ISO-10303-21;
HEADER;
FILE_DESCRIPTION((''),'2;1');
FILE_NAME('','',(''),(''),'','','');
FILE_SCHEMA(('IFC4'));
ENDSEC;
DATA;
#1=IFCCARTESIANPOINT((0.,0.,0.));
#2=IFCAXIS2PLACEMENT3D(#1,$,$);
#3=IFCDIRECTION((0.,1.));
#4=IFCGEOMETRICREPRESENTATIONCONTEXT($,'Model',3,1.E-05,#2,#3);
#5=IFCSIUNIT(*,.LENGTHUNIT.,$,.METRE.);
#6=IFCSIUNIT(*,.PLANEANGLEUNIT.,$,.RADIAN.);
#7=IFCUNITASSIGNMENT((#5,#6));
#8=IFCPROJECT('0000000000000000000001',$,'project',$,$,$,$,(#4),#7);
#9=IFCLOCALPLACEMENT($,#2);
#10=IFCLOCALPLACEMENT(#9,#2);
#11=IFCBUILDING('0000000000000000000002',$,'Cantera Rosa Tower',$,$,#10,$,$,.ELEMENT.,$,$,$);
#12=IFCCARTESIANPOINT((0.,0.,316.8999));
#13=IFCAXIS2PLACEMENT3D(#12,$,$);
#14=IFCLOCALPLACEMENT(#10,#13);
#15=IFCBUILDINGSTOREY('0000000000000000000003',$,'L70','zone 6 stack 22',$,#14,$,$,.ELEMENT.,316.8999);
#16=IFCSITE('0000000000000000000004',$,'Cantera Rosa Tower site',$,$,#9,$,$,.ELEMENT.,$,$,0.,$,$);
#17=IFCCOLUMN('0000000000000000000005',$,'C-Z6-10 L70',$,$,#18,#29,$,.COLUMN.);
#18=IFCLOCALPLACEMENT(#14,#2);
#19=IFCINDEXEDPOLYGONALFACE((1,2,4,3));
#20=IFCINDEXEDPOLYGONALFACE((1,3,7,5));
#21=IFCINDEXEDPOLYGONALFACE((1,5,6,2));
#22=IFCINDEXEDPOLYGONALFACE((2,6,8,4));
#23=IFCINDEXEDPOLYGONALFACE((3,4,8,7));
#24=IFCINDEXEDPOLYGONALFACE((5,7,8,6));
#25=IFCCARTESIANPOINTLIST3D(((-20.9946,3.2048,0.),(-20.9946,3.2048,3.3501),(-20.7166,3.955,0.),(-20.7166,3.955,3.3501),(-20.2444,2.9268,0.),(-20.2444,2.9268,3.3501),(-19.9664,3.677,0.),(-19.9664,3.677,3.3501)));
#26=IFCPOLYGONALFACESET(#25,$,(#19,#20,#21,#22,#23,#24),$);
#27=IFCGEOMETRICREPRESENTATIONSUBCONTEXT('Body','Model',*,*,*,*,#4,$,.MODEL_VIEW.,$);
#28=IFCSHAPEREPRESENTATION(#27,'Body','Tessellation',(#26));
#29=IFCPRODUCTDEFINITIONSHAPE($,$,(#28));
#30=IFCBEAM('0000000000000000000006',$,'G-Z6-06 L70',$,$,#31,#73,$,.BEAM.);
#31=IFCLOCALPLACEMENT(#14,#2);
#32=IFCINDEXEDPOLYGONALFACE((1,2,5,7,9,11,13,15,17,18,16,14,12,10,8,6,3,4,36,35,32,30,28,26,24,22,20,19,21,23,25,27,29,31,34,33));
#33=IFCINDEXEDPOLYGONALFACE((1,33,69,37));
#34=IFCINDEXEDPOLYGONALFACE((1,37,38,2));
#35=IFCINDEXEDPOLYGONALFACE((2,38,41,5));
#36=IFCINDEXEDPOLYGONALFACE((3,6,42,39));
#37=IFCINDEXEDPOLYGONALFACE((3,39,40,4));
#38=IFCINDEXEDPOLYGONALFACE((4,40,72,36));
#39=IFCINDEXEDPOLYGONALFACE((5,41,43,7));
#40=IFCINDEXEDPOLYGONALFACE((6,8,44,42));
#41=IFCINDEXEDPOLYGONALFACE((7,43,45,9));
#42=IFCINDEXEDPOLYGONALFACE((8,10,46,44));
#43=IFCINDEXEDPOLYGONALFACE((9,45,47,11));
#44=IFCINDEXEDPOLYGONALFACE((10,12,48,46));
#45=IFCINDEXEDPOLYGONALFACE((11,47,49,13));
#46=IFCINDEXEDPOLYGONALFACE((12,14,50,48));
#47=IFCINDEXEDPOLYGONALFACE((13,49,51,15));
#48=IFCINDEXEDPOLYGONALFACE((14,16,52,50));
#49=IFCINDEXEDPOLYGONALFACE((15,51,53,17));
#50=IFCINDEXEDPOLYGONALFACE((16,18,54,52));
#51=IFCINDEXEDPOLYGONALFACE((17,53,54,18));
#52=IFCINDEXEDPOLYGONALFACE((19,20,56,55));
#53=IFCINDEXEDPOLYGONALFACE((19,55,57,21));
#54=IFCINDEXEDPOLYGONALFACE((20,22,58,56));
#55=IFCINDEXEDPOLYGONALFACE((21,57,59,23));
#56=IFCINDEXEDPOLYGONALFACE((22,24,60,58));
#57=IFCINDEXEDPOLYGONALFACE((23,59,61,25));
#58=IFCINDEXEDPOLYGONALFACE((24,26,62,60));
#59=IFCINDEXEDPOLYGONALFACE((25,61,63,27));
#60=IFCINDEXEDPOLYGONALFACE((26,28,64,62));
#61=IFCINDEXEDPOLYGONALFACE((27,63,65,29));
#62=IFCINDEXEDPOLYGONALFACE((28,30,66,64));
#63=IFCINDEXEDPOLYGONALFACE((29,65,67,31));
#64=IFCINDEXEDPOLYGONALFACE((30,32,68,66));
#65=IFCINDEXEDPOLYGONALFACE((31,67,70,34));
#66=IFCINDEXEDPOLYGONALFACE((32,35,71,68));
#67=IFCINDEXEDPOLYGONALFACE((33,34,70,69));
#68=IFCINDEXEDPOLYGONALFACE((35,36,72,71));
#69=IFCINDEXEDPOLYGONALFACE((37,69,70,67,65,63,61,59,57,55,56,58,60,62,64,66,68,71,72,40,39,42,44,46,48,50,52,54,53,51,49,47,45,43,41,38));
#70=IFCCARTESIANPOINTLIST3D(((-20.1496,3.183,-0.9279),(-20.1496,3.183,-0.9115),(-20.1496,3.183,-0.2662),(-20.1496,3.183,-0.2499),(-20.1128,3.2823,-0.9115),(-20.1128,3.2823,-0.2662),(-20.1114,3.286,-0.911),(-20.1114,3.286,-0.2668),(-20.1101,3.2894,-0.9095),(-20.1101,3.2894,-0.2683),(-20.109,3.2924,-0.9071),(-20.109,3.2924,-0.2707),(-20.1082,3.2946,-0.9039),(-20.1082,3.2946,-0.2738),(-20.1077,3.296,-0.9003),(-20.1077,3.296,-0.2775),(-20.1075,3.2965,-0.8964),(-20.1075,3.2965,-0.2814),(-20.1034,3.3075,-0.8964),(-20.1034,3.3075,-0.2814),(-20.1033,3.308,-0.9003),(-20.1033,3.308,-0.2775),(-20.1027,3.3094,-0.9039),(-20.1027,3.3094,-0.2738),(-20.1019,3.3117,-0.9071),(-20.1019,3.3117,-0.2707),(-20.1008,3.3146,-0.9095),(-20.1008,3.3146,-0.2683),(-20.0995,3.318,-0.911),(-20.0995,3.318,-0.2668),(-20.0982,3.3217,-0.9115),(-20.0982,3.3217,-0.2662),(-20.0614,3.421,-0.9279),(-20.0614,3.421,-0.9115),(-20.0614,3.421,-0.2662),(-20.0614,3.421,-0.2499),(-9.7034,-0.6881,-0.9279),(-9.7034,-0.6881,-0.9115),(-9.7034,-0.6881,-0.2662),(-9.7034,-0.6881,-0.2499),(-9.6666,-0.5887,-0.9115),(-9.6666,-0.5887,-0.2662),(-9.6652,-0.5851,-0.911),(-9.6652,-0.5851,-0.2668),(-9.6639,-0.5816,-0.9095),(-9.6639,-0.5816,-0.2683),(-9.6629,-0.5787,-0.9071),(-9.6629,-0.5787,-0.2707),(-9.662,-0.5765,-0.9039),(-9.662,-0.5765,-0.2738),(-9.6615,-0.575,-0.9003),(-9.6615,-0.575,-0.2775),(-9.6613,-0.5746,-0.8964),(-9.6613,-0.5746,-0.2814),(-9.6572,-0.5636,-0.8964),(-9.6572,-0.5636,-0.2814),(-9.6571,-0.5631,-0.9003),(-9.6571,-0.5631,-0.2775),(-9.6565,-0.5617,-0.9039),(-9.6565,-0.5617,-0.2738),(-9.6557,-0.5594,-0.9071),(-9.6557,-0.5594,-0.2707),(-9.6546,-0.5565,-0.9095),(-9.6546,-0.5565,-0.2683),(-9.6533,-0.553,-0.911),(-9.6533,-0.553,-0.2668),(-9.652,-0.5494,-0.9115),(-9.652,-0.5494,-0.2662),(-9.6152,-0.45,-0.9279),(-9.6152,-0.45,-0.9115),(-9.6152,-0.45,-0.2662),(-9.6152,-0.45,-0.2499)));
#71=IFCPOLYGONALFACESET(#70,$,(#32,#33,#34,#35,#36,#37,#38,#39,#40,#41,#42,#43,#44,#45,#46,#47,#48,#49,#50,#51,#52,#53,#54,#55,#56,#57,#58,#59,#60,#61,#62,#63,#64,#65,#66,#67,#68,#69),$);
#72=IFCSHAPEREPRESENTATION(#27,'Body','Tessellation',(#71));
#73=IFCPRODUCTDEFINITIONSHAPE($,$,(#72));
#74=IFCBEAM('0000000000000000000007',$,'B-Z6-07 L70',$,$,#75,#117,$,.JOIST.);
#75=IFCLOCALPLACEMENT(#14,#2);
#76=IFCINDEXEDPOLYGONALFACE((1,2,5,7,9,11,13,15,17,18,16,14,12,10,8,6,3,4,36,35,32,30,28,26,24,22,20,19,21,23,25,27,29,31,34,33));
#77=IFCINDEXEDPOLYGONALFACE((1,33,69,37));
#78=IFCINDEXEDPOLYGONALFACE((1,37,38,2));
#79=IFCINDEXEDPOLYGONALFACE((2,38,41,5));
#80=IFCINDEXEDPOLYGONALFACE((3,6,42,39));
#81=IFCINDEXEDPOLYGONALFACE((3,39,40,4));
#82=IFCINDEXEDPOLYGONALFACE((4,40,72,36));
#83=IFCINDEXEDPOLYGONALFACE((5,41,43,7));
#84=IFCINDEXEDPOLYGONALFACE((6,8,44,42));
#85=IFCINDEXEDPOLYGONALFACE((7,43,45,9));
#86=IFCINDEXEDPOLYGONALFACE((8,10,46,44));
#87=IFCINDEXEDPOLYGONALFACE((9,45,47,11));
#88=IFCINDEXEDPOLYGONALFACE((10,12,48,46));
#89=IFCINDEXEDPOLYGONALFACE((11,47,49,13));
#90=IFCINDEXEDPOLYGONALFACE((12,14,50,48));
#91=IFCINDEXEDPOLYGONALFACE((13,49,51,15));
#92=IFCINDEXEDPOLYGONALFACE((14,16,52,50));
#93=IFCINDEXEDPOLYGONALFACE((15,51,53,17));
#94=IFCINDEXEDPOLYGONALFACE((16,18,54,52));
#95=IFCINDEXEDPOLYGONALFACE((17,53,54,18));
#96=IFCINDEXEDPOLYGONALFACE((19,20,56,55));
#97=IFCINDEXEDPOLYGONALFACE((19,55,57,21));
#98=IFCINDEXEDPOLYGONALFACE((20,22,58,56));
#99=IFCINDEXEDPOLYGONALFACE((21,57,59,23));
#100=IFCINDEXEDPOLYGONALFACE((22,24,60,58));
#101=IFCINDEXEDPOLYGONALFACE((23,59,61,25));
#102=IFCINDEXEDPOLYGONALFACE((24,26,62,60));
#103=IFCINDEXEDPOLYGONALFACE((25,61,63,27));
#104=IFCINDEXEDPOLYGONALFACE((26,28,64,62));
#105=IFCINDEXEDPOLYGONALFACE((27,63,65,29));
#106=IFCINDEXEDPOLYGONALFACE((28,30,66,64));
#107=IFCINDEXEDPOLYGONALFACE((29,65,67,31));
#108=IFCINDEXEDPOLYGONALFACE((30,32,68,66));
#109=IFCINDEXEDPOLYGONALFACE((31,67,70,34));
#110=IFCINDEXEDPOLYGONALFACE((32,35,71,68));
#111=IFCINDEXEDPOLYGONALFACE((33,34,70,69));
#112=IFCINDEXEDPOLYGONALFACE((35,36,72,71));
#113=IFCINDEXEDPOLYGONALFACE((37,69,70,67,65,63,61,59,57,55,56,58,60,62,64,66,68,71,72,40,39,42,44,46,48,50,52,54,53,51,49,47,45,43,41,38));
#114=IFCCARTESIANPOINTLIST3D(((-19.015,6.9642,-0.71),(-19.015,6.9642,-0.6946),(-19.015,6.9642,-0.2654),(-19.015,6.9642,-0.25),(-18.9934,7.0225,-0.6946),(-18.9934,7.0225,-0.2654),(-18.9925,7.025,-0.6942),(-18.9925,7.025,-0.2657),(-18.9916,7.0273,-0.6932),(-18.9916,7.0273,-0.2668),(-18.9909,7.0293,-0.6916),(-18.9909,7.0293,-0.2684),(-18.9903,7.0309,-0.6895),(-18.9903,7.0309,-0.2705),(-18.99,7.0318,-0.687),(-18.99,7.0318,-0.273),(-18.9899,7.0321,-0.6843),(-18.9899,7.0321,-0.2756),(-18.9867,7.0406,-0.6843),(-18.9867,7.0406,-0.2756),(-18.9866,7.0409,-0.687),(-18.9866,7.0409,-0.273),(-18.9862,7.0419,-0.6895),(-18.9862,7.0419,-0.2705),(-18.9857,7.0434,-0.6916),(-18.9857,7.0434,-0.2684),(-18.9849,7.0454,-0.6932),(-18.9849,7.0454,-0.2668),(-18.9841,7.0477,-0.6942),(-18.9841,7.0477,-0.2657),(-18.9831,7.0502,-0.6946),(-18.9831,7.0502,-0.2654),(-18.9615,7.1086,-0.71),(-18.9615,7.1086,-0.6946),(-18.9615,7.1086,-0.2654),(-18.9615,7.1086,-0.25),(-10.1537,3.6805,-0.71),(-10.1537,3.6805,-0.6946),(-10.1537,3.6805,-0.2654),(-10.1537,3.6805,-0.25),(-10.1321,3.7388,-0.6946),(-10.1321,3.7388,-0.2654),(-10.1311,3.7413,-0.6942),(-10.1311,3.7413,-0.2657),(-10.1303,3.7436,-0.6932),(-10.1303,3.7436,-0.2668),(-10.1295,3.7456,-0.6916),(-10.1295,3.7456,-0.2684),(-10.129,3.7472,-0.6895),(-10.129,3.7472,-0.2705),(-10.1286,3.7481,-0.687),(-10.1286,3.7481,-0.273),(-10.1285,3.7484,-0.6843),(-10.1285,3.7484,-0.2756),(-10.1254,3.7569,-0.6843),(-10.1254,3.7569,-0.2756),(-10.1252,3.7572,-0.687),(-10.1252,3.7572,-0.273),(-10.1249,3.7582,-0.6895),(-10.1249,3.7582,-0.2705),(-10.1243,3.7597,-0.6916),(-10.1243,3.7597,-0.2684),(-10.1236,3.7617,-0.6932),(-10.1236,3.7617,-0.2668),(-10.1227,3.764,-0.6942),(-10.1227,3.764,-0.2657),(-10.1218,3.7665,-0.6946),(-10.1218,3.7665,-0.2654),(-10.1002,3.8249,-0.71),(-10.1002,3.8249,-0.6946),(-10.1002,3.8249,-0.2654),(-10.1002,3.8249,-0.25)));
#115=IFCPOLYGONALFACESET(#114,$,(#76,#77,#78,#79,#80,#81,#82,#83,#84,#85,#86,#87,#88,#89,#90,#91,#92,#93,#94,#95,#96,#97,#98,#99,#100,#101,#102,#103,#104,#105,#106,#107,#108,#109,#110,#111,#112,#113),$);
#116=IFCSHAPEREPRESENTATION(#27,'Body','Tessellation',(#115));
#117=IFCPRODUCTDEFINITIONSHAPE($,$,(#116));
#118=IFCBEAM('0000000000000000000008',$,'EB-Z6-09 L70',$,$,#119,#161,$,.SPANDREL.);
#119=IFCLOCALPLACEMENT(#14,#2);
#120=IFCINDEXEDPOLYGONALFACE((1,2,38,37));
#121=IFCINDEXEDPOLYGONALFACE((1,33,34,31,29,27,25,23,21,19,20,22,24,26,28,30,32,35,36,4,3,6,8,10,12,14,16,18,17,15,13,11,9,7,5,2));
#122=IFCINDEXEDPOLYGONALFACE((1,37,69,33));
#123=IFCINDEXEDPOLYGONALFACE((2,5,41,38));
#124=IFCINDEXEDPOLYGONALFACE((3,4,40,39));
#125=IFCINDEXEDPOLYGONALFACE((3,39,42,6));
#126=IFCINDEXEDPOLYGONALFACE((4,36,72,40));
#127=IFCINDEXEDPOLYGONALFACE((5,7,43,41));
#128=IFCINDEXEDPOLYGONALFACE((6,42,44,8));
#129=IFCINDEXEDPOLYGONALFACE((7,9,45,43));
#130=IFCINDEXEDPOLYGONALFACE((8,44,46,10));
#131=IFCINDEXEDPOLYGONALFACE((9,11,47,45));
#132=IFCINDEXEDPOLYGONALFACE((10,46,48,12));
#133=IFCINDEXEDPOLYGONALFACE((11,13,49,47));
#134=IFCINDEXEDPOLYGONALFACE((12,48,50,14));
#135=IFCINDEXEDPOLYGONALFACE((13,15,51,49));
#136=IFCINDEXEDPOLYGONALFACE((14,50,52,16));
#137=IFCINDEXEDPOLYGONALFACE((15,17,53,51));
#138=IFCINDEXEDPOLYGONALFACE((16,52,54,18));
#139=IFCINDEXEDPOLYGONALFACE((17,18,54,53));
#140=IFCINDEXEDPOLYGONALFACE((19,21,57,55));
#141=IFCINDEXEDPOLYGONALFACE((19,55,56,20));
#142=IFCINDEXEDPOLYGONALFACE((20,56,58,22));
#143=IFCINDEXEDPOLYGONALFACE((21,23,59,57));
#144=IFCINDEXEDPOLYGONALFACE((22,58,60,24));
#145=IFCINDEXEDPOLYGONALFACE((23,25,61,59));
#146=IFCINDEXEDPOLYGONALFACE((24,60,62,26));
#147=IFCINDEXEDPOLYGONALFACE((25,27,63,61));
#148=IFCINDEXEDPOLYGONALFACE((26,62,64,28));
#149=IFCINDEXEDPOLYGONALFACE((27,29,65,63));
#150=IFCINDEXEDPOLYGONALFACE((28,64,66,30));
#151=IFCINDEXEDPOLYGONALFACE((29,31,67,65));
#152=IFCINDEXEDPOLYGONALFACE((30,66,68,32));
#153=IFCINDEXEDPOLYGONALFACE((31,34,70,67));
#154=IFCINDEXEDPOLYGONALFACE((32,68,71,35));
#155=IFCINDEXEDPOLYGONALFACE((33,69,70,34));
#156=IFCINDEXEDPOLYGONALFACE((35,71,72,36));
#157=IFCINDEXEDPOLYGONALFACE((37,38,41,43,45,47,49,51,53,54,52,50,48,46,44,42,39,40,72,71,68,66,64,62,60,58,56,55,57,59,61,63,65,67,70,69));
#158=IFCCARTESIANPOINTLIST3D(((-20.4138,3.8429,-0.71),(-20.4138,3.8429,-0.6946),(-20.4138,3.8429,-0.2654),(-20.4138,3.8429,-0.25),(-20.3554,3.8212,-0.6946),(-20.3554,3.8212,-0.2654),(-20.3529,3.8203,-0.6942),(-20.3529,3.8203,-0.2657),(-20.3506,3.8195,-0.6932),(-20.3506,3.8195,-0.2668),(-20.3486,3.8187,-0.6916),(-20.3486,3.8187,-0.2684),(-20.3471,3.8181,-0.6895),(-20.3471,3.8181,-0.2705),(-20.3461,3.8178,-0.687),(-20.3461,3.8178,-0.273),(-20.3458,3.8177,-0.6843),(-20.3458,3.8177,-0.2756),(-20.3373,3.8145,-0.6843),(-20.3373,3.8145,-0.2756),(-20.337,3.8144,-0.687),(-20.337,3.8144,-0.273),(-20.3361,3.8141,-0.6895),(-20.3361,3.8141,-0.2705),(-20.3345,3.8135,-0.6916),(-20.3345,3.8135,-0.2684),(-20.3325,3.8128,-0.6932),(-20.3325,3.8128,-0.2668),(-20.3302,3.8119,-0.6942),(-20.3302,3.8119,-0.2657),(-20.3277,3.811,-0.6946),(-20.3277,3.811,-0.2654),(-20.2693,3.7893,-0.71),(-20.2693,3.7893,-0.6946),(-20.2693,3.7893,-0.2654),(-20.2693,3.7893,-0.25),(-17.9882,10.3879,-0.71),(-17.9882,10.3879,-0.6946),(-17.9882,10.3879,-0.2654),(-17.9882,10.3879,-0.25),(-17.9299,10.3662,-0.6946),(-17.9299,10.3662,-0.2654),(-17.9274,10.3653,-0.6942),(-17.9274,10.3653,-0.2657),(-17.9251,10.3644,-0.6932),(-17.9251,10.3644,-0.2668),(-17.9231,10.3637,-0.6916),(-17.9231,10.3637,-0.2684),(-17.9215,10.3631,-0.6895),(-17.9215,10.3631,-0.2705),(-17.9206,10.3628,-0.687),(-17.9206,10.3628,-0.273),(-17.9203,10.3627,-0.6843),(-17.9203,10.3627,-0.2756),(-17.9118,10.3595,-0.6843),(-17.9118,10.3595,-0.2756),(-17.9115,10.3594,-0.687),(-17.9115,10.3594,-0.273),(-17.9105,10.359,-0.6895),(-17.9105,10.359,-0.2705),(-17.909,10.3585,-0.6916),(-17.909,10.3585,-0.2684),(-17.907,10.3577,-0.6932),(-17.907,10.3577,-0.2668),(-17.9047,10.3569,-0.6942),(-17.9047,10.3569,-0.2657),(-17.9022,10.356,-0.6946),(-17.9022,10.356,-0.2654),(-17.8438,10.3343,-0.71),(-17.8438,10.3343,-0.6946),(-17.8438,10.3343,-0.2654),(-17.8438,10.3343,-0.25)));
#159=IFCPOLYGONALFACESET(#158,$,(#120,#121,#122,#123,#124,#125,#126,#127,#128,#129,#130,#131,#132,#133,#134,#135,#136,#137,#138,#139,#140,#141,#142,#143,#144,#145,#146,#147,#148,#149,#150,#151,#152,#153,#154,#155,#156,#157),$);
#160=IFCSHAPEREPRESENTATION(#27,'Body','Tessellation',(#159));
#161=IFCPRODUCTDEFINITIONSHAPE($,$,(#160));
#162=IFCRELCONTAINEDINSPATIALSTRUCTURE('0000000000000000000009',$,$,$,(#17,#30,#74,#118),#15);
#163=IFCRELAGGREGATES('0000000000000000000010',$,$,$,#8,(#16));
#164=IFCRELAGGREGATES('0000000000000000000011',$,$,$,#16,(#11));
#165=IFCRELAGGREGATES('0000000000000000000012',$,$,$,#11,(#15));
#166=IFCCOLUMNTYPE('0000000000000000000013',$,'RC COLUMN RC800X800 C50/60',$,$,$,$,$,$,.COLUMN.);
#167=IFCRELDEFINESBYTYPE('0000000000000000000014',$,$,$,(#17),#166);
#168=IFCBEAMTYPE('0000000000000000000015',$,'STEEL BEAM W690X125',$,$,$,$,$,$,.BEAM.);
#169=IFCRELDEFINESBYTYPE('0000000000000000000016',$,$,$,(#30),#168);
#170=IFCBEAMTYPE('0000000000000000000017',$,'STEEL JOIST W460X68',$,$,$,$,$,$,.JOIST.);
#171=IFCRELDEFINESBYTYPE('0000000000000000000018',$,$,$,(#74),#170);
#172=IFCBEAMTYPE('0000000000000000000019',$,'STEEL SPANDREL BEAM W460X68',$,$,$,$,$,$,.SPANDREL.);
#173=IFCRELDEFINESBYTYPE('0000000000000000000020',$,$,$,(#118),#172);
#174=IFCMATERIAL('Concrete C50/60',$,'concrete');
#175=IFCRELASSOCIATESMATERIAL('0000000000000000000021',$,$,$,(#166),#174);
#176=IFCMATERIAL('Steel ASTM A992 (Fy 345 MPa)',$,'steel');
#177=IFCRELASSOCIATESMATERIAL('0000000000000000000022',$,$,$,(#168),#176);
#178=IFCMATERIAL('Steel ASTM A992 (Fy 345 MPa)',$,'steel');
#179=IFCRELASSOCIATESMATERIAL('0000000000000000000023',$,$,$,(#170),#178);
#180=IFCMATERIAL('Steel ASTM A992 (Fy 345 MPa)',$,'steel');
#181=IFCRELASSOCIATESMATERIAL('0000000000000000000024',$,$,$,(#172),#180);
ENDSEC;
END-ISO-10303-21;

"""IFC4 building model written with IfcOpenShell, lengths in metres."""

from ifc_helpers import new_model, si_unit, direction, frame, origin, origin_2d, place, context, subcontext, project, spatial, rectangle, i_section, extrude, material, material_profile, profile_set, type_object, element, save


model = new_model("IFC4")

# Units and contexts
model_context = context("Model", 3, precision=1e-05, world=origin(), true_north=direction((0.0, 1.0)))
body_context = subcontext(model_context, "Body", "Model", "MODEL_VIEW")
ifc_project = project(units=[si_unit("LENGTHUNIT", "METRE"), si_unit("PLANEANGLEUNIT", "RADIAN")], contexts=[model_context])

# Site, building, storey
site_placement = place(None, origin())
site = spatial("IfcSite", under=ifc_project, at=site_placement, Name="Cantera Rosa Tower site", CompositionType="ELEMENT", RefElevation=0.0)
building_placement = place(site_placement, origin())
building = spatial("IfcBuilding", under=site, at=building_placement, Name="Cantera Rosa Tower", CompositionType="ELEMENT")
storey_placement = place(building_placement, frame((0.0, 0.0, 316.8999)))
storey = spatial("IfcBuildingStorey", under=building, at=storey_placement, Name="L70", Description="zone 6 stack 22", CompositionType="ELEMENT", Elevation=316.8999)

# Column
ifc_material_1 = material(Name="Concrete C50/60", Category="concrete")
ifc_material_profile_1 = material_profile(ifc_material_1, rectangle(XDim=0.8, YDim=0.8, at=origin_2d()), Name="RC COLUMN RC800X800 C50/60")
ifc_profile_set_1 = profile_set([ifc_material_profile_1], Name="Concrete C50/60")
column_type = type_object("IfcColumnType", Name="RC COLUMN RC800X800 C50/60", PredefinedType="COLUMN", material=ifc_profile_set_1)
column_placement = place(storey_placement, frame((-20.4805, 3.4409, 0.0), z_axis=(0.0, 0.0, 1.0), x_axis=(0.347481, 0.937687, 0.0)))
element("IfcColumn", 1, at=column_placement, inside=storey, type_object=column_type, Name="C-Z6-10 L70", PredefinedType="COLUMN", context=body_context, shape_type="SweptSolid", body=[
    extrude(rectangle(XDim=0.8, YDim=0.8, at=origin_2d()), origin(), (0.0, 0.0, 1.0), 3.3501),
])

# Beams
ifc_material_2 = material(Name="Steel ASTM A992 (Fy 345 MPa)", Category="steel")
ifc_material_profile_2 = material_profile(ifc_material_2, i_section(OverallWidth=0.2539, OverallDepth=0.678, WebThickness=0.0117, FlangeThickness=0.0164, FilletRadius=0.0151, at=origin_2d()), Name="W690X125")
ifc_profile_set_2 = profile_set([ifc_material_profile_2], Name="Steel ASTM A992 (Fy 345 MPa)")
beam_type_1 = type_object("IfcBeamType", Name="STEEL BEAM W690X125", PredefinedType="BEAM", material=ifc_profile_set_2)
beam_1_placement = place(storey_placement, frame((-20.1055, 3.302, -0.5889), z_axis=(0.937687, -0.34748, 0.0), x_axis=(0.34748, 0.937687, 0.0)))
element("IfcBeam", 2, at=beam_1_placement, inside=storey, type_object=beam_type_1, Name="G-Z6-06 L70", PredefinedType="BEAM", context=body_context, shape_type="SweptSolid", body=[
    extrude(i_section(OverallWidth=0.2539, OverallDepth=0.678, WebThickness=0.0117, FlangeThickness=0.0164, FilletRadius=0.0151, at=origin_2d()), origin(), (0.0, 0.0, 1.0), 11.1404),
])
ifc_material_3 = material(Name="Steel ASTM A992 (Fy 345 MPa)", Category="steel")
ifc_material_profile_3 = material_profile(ifc_material_3, i_section(OverallWidth=0.1541, OverallDepth=0.46, WebThickness=0.009, FlangeThickness=0.0154, FilletRadius=0.0103, at=origin_2d()), Name="W460X68")
ifc_profile_set_3 = profile_set([ifc_material_profile_3], Name="Steel ASTM A992 (Fy 345 MPa)")
beam_type_2 = type_object("IfcBeamType", Name="STEEL JOIST W460X68", PredefinedType="JOIST", material=ifc_profile_set_3)
beam_2_placement = place(storey_placement, frame((-18.9883, 7.0364, -0.48), z_axis=(0.93769, -0.347474, 0.0), x_axis=(0.347474, 0.93769, 0.0)))
element("IfcBeam", 3, at=beam_2_placement, inside=storey, type_object=beam_type_2, Name="B-Z6-07 L70", PredefinedType="JOIST", context=body_context, shape_type="SweptSolid", body=[
    extrude(i_section(OverallWidth=0.1541, OverallDepth=0.46, WebThickness=0.009, FlangeThickness=0.0154, FilletRadius=0.0103, at=origin_2d()), origin(), (0.0, 0.0, 1.0), 9.4502),
])
ifc_material_4 = material(Name="Steel ASTM A992 (Fy 345 MPa)", Category="steel")
ifc_material_profile_4 = material_profile(ifc_material_4, i_section(OverallWidth=0.1541, OverallDepth=0.46, WebThickness=0.009, FlangeThickness=0.0154, FilletRadius=0.0103, at=origin_2d()), Name="W460X68")
ifc_profile_set_4 = profile_set([ifc_material_profile_4], Name="Steel ASTM A992 (Fy 345 MPa)")
beam_type_3 = type_object("IfcBeamType", Name="STEEL SPANDREL BEAM W460X68", PredefinedType="SPANDREL", material=ifc_profile_set_4)
beam_3_placement = place(storey_placement, frame((-17.916, 10.3611, -0.48), z_axis=(-0.347502, -0.937679, 0.0), x_axis=(0.937679, -0.347502, 0.0)))
element("IfcBeam", 4, at=beam_3_placement, inside=storey, type_object=beam_type_3, Name="EB-Z6-09 L70", PredefinedType="SPANDREL", context=body_context, shape_type="SweptSolid", body=[
    extrude(i_section(OverallWidth=0.1541, OverallDepth=0.46, WebThickness=0.009, FlangeThickness=0.0154, FilletRadius=0.0103, at=origin_2d()), origin(), (0.0, 0.0, 1.0), 6.98),
])

save(model, "model.ifc")
